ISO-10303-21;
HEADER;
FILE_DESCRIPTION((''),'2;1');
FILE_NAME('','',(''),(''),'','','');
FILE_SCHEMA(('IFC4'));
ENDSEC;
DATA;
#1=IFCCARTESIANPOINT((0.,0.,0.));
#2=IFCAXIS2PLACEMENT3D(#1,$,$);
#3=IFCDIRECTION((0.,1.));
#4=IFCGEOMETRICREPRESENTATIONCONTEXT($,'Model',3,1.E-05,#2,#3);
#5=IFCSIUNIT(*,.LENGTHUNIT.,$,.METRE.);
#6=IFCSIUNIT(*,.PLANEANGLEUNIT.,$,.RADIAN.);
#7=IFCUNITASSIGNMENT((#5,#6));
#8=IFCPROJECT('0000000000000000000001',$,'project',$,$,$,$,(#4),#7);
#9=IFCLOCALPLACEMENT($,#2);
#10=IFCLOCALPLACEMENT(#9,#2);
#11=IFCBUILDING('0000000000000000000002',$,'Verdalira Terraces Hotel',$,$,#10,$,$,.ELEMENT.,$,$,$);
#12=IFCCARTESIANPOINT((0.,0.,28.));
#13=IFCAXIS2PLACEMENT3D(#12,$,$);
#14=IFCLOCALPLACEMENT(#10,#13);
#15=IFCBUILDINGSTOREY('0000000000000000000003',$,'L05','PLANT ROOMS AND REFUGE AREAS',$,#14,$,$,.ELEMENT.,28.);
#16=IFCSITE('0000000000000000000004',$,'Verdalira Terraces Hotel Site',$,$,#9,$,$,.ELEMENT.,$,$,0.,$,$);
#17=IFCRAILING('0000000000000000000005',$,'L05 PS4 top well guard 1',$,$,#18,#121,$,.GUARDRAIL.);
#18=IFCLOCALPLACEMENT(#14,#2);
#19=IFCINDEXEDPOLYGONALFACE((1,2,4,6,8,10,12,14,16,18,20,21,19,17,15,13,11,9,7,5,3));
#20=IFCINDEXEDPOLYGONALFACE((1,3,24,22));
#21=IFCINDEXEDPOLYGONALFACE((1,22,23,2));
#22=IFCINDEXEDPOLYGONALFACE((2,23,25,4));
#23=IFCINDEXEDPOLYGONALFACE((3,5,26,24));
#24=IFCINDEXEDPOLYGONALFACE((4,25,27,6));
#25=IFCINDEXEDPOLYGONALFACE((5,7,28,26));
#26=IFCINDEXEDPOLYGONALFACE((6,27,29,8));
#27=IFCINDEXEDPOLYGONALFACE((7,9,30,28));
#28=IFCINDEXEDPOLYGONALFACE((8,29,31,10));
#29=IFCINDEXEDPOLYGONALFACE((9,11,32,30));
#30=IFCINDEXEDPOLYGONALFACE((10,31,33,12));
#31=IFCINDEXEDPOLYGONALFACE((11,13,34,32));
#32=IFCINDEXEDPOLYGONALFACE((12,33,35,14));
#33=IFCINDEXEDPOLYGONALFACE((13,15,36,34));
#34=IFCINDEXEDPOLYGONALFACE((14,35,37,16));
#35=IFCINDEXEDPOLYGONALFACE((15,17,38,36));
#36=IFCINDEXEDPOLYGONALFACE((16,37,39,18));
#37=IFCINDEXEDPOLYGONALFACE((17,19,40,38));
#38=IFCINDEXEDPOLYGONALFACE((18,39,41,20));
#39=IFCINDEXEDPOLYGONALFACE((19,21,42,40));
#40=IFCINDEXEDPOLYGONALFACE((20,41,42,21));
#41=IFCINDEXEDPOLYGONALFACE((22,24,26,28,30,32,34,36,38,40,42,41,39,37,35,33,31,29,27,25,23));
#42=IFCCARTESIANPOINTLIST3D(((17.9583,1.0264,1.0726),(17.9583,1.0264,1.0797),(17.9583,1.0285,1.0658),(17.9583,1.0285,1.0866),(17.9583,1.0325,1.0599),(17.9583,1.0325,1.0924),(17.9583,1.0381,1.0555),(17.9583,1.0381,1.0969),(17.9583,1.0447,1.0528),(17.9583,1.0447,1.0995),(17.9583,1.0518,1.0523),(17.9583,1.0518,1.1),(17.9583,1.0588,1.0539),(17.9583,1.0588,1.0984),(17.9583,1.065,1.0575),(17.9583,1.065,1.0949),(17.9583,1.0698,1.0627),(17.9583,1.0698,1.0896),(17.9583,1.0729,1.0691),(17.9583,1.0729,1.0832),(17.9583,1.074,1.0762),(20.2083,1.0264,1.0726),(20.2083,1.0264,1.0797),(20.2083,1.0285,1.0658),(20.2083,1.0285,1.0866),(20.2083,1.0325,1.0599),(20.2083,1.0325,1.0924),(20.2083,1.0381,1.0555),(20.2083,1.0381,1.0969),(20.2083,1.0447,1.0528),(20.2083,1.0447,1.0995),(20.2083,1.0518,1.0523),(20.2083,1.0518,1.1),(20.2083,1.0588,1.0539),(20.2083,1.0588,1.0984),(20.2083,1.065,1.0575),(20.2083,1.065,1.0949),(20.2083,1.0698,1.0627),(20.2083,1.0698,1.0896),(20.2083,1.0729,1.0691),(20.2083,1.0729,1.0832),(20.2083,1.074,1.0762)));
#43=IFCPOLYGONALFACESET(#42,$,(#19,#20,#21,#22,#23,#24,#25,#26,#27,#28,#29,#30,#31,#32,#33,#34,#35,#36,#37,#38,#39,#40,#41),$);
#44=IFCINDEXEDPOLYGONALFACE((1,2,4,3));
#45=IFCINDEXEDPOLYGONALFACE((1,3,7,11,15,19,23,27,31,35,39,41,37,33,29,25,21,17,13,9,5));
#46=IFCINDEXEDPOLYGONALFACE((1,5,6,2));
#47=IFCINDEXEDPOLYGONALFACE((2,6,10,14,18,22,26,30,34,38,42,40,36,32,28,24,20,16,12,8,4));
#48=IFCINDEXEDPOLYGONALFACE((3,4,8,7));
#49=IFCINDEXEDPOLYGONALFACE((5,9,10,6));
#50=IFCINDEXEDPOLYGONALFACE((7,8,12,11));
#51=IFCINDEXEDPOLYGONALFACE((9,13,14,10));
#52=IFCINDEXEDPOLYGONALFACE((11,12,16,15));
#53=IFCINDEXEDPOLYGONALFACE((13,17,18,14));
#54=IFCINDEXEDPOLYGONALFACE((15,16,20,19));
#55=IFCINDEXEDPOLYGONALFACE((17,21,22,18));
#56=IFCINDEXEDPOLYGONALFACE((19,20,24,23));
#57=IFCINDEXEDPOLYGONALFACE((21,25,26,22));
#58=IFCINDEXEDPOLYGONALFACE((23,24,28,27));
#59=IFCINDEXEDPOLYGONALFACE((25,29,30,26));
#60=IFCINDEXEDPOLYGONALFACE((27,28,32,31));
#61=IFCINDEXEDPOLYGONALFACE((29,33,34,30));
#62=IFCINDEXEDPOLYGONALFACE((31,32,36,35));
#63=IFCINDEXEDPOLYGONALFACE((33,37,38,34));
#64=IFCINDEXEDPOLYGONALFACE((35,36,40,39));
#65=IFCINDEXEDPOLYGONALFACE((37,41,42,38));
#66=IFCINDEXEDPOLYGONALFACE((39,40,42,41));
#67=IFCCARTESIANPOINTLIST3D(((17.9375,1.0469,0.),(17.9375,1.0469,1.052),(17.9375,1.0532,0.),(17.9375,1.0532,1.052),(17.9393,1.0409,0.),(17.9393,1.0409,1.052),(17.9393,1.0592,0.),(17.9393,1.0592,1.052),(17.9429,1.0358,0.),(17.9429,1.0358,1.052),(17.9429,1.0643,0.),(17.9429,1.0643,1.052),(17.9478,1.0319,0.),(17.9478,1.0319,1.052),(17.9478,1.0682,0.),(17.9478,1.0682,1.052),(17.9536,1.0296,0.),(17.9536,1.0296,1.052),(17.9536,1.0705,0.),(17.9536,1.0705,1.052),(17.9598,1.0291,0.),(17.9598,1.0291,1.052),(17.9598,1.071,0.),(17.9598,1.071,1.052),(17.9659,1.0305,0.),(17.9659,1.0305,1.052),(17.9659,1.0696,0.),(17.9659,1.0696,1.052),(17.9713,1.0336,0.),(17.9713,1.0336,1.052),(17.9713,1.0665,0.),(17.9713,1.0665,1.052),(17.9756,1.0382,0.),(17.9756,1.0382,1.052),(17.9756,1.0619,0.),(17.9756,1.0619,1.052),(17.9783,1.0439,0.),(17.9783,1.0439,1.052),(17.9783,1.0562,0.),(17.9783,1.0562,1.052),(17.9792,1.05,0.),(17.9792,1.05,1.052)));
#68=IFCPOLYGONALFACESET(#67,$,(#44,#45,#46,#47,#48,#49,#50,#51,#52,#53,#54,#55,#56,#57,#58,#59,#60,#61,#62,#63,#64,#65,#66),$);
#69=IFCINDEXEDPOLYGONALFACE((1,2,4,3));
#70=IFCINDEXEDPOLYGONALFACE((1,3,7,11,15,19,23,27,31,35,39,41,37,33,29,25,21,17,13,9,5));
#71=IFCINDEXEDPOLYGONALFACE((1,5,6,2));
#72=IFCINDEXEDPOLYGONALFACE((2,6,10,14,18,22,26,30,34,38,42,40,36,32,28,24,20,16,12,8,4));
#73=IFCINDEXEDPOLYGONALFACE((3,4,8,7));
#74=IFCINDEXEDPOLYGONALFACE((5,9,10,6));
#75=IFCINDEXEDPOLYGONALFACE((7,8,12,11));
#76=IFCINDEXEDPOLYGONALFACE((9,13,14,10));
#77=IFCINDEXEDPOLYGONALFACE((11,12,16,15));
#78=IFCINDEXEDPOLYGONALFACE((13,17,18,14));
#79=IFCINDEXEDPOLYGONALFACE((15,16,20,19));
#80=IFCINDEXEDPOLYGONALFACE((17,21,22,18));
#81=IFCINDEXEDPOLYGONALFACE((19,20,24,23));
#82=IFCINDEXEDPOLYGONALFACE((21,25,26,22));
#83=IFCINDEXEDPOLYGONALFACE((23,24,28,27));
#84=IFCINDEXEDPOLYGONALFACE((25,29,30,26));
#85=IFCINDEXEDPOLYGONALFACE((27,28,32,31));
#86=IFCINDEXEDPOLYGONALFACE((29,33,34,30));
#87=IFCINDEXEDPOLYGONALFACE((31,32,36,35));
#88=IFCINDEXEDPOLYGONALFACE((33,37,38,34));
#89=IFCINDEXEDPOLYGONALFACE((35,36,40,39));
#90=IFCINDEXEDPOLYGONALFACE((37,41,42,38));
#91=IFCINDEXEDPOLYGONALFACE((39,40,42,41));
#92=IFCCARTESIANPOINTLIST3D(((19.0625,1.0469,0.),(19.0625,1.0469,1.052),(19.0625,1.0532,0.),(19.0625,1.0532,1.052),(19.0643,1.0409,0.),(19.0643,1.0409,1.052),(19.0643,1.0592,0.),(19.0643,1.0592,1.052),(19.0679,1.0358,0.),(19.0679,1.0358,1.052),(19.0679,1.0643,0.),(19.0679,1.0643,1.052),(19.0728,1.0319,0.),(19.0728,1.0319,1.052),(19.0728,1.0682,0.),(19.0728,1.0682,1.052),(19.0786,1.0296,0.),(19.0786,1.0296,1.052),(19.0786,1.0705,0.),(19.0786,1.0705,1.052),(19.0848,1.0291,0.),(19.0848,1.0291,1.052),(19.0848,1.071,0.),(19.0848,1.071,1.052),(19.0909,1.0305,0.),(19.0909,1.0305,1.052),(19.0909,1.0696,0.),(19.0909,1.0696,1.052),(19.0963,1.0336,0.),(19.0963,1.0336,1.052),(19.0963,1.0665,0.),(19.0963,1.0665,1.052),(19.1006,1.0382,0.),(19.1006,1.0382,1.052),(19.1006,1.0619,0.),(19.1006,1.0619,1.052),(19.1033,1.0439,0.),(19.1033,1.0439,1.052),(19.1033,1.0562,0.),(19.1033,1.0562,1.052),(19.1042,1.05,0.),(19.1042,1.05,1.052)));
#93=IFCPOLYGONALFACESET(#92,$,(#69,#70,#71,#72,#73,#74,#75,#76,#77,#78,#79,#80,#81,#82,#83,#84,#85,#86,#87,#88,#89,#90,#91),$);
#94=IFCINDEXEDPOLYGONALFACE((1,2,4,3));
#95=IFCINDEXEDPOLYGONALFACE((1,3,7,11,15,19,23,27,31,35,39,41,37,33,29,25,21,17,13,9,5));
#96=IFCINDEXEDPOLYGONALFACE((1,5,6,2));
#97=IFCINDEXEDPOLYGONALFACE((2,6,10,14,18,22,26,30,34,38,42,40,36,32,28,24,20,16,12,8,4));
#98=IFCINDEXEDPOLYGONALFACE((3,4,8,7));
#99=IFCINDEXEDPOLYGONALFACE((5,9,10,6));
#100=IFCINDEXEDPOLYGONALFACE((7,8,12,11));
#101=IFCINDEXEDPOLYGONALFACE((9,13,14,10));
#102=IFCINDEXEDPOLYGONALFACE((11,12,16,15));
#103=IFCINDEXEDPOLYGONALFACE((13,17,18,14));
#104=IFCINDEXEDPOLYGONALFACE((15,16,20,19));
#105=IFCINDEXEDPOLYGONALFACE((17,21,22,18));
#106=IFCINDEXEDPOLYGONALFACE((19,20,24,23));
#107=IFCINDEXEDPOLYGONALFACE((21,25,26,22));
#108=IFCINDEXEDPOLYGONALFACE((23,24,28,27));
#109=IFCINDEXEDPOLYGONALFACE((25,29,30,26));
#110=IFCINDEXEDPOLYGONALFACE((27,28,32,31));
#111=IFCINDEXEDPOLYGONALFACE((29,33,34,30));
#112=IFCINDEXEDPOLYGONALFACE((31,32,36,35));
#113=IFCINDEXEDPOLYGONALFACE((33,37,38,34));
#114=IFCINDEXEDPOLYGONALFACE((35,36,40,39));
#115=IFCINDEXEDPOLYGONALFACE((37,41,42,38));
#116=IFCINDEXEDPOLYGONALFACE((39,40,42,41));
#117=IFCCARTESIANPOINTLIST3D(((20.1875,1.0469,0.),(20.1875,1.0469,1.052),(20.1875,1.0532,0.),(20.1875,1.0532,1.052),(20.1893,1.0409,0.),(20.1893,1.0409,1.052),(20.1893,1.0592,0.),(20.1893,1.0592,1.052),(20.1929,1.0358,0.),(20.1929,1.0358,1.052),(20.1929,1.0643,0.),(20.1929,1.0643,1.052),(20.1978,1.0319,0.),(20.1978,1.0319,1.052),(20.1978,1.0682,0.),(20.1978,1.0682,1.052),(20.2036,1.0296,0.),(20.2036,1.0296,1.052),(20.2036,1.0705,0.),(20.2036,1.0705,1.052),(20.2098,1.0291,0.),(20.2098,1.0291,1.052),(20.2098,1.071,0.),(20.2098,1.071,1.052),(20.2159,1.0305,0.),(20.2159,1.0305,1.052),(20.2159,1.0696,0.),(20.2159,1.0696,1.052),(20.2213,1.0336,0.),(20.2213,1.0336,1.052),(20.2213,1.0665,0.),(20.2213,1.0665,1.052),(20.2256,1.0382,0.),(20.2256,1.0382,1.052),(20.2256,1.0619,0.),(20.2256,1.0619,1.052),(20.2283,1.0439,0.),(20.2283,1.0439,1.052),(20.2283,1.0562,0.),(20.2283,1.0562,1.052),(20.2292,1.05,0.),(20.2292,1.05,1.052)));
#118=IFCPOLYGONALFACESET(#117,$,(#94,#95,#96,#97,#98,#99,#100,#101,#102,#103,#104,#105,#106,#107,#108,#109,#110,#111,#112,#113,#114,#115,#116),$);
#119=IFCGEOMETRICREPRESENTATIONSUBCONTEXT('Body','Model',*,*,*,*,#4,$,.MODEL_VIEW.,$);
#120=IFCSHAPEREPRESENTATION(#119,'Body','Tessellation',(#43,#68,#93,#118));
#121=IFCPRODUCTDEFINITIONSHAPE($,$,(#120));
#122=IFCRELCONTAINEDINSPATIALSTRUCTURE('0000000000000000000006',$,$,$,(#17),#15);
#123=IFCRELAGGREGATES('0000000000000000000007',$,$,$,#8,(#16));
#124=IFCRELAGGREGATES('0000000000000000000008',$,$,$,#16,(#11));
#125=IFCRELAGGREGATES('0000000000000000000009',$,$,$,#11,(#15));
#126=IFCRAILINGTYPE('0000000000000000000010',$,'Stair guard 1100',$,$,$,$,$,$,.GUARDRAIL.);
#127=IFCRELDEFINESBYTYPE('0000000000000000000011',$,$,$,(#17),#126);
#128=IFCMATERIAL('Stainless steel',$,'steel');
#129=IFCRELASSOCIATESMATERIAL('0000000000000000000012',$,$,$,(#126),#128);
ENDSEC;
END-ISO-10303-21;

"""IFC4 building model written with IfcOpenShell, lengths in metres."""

from ifc_helpers import new_model, si_unit, direction, frame, origin, origin_2d, place, context, subcontext, project, spatial, circle, extrude, material, type_object, element, save


model = new_model("IFC4")

# Units and contexts
model_context = context("Model", 3, precision=1e-05, world=origin(), true_north=direction((0.0, 1.0)))
body_context = subcontext(model_context, "Body", "Model", "MODEL_VIEW")
ifc_project = project(units=[si_unit("LENGTHUNIT", "METRE"), si_unit("PLANEANGLEUNIT", "RADIAN")], contexts=[model_context])

# Site, building, storey
site_placement = place(None, origin())
site = spatial("IfcSite", under=ifc_project, at=site_placement, Name="Verdalira Terraces Hotel Site", CompositionType="ELEMENT", RefElevation=0.0)
building_placement = place(site_placement, origin())
building = spatial("IfcBuilding", under=site, at=building_placement, Name="Verdalira Terraces Hotel", CompositionType="ELEMENT")
storey_placement = place(building_placement, frame((0.0, 0.0, 28.0)))
storey = spatial("IfcBuildingStorey", under=building, at=storey_placement, Name="L05", Description="PLANT ROOMS AND REFUGE AREAS", CompositionType="ELEMENT", Elevation=28.0)

# Railing
ifc_material_1 = material(Name="Stainless steel", Category="steel")
railing_type_1 = type_object("IfcRailingType", Name="Stair guard 1100", PredefinedType="GUARDRAIL", material=ifc_material_1)
railing_1_placement = place(storey_placement, frame((17.9583, 1.05, 0.0)))
element("IfcRailing", 1, at=railing_1_placement, inside=storey, type_object=railing_type_1, Name="L05 PS4 top well guard 1", PredefinedType="GUARDRAIL", context=body_context, shape_type="SweptSolid", body=[
    extrude(circle(Radius=0.0239, at=origin_2d()), frame((0.0, 0.0, 1.0762), z_axis=(1.0, 0.0, 0.0), x_axis=(0.0, 1.0, 0.0)), (0.0, 0.0, 1.0), 2.25),
    extrude(circle(Radius=0.021, at=origin_2d()), origin(), (0.0, 0.0, 1.0), 1.052),
    extrude(circle(Radius=0.021, at=origin_2d()), frame((1.125, 0.0, 0.0)), (0.0, 0.0, 1.0), 1.052),
    extrude(circle(Radius=0.021, at=origin_2d()), frame((2.25, 0.0, 0.0)), (0.0, 0.0, 1.0), 1.052),
])

save(model, "model.ifc")
